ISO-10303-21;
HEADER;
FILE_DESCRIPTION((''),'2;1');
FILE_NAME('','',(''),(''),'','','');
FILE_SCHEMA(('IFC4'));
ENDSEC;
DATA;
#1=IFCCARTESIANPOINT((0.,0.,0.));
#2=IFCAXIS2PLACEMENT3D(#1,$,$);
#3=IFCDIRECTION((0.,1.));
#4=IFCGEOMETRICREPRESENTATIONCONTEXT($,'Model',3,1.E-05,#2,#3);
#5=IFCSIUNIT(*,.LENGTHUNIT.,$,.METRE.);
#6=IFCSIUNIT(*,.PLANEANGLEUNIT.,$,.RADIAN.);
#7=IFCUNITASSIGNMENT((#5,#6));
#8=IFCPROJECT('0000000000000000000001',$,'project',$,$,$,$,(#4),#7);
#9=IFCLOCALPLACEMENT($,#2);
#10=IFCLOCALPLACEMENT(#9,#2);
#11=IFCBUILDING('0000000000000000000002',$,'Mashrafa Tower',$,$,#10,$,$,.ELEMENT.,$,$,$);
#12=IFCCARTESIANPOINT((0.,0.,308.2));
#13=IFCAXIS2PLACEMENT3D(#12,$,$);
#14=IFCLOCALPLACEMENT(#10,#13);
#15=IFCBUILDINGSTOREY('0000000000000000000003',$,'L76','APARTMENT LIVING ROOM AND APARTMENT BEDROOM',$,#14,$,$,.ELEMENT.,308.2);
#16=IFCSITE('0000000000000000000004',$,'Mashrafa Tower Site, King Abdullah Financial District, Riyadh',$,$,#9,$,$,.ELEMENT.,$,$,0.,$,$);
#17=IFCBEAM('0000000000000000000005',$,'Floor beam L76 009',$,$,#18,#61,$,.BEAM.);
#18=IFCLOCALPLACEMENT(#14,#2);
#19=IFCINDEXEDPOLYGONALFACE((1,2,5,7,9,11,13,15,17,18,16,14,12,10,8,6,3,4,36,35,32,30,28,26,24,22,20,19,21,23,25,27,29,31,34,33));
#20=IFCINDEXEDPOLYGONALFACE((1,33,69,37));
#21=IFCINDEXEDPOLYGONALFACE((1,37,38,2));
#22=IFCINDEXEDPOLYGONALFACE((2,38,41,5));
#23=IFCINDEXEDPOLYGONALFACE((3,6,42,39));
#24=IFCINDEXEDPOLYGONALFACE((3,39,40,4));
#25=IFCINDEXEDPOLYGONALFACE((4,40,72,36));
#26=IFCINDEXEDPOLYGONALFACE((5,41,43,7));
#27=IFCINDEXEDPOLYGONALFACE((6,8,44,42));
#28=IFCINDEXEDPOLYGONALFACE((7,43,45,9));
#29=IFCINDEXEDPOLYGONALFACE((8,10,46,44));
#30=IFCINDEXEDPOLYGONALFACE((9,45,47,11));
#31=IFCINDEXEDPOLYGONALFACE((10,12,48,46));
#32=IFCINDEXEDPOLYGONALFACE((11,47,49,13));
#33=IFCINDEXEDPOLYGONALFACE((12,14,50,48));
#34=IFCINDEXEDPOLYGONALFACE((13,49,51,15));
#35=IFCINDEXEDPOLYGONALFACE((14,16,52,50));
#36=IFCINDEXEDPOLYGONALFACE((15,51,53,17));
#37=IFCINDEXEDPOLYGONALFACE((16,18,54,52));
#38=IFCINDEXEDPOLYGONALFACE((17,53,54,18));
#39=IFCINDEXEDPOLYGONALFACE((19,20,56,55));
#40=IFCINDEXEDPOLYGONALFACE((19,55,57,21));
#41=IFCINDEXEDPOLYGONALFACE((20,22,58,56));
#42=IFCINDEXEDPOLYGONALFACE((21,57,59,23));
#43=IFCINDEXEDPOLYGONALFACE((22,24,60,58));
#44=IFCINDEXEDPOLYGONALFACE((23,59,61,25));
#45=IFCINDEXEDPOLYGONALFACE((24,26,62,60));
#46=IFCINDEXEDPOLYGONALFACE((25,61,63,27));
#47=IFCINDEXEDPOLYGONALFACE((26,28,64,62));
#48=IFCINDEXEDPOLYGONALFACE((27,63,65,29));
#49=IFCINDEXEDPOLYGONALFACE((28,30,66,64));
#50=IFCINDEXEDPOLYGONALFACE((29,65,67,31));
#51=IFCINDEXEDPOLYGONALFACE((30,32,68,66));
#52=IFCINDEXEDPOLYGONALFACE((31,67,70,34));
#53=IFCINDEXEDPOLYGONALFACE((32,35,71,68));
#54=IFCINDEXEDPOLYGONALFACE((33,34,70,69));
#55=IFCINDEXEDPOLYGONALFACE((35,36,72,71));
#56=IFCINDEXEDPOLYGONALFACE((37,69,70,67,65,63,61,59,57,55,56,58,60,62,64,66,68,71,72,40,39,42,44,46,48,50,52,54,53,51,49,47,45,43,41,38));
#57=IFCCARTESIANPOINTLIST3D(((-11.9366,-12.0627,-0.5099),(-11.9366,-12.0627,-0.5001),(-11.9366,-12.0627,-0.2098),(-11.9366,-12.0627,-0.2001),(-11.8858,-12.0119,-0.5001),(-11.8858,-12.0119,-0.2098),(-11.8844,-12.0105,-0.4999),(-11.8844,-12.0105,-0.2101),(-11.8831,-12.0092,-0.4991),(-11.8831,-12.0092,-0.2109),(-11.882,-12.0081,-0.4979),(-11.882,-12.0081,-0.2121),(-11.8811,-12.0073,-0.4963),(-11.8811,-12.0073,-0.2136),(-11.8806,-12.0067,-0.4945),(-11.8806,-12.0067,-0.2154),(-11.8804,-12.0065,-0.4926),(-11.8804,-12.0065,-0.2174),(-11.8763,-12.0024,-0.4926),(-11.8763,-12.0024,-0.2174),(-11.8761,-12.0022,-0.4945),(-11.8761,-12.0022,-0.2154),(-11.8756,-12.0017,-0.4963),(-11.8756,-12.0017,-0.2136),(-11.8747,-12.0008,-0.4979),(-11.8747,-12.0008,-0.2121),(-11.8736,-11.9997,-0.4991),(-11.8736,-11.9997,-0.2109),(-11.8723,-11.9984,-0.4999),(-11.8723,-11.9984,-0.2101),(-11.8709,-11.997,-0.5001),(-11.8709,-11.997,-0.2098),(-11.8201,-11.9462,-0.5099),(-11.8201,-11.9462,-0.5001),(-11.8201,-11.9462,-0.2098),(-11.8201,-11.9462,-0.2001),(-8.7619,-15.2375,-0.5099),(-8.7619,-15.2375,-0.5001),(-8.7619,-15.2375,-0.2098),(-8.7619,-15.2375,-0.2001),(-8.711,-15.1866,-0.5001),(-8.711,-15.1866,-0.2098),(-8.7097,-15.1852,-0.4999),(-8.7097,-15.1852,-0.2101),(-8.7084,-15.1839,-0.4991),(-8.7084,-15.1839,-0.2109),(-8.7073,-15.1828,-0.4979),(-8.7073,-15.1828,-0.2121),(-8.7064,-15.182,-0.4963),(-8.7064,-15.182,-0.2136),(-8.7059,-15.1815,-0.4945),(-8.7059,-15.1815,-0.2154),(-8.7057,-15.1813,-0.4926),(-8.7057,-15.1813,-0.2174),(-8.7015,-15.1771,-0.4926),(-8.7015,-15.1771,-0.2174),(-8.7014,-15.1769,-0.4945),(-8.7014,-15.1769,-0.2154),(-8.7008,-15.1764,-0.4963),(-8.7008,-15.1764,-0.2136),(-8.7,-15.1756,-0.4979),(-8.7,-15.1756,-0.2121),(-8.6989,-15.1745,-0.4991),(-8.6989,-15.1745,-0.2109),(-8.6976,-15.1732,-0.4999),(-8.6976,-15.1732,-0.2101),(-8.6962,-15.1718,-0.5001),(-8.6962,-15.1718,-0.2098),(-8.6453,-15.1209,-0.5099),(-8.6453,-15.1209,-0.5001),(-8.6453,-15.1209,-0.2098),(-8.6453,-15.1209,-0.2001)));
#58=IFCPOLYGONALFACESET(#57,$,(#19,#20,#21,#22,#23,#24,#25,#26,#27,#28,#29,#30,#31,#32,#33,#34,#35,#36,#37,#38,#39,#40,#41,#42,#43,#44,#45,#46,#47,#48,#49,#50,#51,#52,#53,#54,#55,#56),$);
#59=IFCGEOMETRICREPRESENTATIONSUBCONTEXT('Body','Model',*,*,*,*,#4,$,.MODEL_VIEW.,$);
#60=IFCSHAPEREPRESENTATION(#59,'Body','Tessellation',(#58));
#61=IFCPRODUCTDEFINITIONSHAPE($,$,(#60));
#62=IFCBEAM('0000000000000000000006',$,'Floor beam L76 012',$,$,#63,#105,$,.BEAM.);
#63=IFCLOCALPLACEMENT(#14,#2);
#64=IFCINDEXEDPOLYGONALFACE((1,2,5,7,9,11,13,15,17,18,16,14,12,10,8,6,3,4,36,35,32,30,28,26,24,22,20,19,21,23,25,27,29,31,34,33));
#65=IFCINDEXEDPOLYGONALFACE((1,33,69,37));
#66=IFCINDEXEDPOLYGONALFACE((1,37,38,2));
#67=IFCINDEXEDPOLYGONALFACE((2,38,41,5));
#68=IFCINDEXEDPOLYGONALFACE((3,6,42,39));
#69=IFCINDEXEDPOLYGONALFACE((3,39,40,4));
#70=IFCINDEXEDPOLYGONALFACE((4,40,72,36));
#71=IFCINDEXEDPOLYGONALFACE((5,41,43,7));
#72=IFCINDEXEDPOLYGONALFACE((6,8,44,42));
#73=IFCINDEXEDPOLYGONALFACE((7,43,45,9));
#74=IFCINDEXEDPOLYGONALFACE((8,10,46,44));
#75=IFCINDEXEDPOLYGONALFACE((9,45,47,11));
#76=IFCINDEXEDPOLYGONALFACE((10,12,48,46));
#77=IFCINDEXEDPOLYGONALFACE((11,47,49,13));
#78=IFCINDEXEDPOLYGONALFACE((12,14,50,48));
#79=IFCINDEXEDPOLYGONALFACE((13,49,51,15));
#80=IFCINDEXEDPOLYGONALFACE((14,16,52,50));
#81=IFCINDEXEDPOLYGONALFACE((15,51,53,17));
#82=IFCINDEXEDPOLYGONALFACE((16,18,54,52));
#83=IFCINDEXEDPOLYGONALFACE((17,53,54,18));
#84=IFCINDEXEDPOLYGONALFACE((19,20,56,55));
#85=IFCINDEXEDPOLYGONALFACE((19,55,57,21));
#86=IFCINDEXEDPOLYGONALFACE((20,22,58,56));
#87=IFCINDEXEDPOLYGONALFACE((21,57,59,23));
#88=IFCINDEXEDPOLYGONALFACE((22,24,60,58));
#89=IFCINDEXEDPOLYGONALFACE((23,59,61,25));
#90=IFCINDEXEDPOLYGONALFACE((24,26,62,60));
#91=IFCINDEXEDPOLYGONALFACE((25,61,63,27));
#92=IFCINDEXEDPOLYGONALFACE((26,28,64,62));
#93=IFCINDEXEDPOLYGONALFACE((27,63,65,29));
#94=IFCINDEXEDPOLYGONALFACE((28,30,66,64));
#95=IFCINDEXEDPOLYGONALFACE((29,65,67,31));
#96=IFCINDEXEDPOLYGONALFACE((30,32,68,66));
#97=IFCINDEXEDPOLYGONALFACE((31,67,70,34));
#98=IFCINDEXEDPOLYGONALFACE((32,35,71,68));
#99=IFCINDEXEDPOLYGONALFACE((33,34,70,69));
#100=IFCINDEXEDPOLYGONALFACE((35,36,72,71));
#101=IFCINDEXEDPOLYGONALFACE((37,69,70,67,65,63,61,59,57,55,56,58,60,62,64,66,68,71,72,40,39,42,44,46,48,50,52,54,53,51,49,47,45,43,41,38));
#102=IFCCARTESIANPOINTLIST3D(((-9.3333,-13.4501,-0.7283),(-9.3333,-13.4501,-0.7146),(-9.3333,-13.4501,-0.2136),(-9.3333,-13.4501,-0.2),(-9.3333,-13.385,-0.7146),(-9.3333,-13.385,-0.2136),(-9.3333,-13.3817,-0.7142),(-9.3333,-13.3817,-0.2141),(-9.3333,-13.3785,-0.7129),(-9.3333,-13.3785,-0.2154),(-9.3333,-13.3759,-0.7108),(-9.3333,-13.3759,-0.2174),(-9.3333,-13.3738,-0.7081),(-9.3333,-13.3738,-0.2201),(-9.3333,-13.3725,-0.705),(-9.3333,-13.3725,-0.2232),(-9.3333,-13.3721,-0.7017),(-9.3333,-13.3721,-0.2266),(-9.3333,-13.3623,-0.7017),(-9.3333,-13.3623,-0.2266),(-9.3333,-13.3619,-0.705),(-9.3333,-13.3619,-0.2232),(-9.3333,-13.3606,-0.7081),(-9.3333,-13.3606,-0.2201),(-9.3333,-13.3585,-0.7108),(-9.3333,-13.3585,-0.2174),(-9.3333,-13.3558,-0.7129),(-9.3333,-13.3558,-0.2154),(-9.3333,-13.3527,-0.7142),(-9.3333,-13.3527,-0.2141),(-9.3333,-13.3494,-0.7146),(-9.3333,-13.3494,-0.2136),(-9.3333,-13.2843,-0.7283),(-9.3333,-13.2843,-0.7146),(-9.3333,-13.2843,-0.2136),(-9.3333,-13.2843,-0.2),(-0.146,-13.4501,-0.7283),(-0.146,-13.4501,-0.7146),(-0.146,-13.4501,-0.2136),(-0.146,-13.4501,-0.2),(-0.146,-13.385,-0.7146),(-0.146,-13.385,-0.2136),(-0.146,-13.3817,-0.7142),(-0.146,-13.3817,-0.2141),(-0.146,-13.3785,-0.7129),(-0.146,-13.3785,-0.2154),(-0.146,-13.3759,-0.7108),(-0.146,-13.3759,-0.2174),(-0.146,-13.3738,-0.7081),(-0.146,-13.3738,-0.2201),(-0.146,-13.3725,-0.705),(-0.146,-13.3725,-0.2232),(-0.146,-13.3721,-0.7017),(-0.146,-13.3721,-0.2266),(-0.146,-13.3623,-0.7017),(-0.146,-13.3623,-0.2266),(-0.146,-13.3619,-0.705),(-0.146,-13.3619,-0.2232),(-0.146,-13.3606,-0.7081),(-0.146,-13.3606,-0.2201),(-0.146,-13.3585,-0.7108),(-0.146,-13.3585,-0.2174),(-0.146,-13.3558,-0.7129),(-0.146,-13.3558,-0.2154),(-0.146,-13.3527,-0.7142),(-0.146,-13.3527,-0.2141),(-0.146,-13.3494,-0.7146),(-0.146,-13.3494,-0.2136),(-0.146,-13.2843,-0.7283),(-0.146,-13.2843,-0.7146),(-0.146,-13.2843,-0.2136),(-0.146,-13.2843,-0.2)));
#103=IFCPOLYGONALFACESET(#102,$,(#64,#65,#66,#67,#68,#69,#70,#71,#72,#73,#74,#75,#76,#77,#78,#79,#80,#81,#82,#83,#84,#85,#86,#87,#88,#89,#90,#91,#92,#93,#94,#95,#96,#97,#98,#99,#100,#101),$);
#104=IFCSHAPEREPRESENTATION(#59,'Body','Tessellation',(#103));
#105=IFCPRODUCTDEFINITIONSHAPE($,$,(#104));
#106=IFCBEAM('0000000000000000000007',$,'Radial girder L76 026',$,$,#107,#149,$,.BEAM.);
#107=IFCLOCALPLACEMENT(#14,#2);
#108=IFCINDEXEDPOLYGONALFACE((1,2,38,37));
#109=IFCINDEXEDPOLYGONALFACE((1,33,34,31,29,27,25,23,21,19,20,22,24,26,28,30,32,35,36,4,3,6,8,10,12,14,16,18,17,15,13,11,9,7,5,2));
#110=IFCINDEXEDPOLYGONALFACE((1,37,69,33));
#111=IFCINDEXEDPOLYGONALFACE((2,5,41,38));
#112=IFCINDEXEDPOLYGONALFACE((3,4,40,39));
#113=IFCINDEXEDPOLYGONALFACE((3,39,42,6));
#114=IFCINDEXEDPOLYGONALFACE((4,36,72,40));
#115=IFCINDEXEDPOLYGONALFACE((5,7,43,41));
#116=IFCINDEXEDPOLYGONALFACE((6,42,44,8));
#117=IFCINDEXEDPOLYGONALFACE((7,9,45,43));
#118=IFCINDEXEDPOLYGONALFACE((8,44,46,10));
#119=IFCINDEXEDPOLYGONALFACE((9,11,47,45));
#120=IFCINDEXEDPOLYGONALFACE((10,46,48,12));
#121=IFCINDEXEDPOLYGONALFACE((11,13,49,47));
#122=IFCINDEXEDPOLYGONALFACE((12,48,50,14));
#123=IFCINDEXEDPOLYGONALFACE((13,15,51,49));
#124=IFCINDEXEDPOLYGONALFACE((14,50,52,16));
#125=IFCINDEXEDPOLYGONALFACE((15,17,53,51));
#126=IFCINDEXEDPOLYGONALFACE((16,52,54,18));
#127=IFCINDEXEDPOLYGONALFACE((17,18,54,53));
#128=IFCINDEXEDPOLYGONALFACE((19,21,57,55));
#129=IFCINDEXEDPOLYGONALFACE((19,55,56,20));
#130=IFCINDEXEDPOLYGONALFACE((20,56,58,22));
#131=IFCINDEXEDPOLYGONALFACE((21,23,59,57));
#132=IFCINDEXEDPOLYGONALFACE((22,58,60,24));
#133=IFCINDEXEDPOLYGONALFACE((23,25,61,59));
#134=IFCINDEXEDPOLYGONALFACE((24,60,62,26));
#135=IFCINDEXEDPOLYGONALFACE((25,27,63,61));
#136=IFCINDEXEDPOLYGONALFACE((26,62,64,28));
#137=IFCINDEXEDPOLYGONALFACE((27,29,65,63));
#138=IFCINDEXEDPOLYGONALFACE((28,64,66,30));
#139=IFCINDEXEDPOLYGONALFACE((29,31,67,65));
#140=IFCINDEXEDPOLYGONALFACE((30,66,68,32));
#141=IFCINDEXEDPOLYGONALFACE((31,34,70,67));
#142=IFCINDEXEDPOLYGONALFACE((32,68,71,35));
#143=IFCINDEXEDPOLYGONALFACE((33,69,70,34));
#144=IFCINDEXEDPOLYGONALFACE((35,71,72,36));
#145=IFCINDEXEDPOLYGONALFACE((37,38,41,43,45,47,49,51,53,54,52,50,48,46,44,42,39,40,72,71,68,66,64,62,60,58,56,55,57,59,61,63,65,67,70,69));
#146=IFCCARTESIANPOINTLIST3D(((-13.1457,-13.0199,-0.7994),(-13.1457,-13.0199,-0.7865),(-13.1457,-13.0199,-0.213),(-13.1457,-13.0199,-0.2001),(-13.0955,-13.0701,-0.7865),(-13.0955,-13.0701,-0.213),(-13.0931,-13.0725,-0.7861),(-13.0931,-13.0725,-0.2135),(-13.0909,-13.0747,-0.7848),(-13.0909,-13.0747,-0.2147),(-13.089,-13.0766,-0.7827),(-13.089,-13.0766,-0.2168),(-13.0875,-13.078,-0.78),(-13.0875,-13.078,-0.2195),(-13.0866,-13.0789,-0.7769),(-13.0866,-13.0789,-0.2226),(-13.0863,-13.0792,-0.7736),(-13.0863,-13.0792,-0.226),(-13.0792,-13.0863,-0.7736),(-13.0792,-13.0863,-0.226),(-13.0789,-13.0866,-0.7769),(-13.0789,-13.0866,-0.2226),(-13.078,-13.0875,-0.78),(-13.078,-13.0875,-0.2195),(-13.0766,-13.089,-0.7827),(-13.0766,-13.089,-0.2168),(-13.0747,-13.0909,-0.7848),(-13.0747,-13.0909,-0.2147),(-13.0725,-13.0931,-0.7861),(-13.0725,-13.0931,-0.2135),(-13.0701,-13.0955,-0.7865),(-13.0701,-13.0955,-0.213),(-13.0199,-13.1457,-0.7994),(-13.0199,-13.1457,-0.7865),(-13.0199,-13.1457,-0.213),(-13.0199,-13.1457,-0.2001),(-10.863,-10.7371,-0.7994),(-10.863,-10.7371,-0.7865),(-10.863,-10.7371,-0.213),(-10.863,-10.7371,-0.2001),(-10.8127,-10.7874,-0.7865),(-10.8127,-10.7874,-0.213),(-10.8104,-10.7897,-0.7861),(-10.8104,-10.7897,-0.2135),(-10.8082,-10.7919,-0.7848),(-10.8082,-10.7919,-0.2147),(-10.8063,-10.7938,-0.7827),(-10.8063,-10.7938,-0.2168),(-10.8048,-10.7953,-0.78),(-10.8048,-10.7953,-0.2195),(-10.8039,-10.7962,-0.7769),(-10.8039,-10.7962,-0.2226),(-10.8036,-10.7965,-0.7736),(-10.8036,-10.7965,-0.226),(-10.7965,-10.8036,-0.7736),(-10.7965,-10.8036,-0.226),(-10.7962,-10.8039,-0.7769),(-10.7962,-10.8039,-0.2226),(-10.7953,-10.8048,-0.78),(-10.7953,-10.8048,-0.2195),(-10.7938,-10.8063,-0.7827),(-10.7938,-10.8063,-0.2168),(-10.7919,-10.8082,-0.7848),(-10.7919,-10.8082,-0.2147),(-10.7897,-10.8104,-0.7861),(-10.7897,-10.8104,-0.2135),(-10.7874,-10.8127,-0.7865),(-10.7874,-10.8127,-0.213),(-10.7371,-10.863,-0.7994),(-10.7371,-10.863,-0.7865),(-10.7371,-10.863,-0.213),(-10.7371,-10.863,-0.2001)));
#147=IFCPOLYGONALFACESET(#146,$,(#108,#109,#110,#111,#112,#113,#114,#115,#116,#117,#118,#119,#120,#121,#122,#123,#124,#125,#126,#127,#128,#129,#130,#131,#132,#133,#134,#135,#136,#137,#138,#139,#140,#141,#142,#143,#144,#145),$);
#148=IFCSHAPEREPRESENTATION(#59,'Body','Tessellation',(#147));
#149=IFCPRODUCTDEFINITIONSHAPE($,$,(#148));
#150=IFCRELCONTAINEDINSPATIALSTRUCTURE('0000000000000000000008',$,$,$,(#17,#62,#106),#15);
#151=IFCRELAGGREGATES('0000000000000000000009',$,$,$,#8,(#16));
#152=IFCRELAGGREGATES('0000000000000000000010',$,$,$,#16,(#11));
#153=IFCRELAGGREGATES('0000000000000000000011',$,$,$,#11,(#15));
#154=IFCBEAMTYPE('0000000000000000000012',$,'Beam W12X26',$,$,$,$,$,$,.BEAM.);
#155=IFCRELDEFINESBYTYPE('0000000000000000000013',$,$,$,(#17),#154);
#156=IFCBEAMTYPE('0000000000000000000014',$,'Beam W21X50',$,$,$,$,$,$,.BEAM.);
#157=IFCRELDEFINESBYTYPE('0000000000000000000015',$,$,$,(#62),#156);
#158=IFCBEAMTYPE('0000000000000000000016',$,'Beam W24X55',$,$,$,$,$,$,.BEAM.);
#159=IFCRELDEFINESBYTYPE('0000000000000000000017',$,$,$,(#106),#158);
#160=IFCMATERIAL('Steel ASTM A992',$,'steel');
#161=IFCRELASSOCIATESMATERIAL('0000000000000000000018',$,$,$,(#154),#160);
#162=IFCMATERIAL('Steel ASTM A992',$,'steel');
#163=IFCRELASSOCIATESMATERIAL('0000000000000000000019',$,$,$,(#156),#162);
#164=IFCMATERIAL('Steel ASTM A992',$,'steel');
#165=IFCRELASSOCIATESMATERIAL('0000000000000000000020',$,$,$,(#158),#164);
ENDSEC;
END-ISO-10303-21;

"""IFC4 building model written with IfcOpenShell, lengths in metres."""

from ifc_helpers import new_model, si_unit, direction, frame, origin, origin_2d, place, context, subcontext, project, spatial, i_section, extrude, material, material_profile, profile_set, type_object, element, save


model = new_model("IFC4")

# Units and contexts
model_context = context("Model", 3, precision=1e-05, world=origin(), true_north=direction((0.0, 1.0)))
body_context = subcontext(model_context, "Body", "Model", "MODEL_VIEW")
ifc_project = project(units=[si_unit("LENGTHUNIT", "METRE"), si_unit("PLANEANGLEUNIT", "RADIAN")], contexts=[model_context])

# Site, building, storey
site_placement = place(None, origin())
site = spatial("IfcSite", under=ifc_project, at=site_placement, Name="Mashrafa Tower Site, King Abdullah Financial District, Riyadh", CompositionType="ELEMENT", RefElevation=0.0)
building_placement = place(site_placement, origin())
building = spatial("IfcBuilding", under=site, at=building_placement, Name="Mashrafa Tower", CompositionType="ELEMENT")
storey_placement = place(building_placement, frame((0.0, 0.0, 308.2)))
storey = spatial("IfcBuildingStorey", under=building, at=storey_placement, Name="L76", Description="APARTMENT LIVING ROOM AND APARTMENT BEDROOM", CompositionType="ELEMENT", Elevation=308.2)

# Beams
ifc_material_1 = material(Name="Steel ASTM A992", Category="steel")
ifc_material_profile_1 = material_profile(ifc_material_1, i_section(OverallWidth=0.1648, OverallDepth=0.3098, WebThickness=0.0059, FlangeThickness=0.0098, FilletRadius=0.0076, at=origin_2d()), Name="W12X26")
ifc_profile_set_1 = profile_set([ifc_material_profile_1], Name="Steel ASTM A992")
beam_type_1 = type_object("IfcBeamType", Name="Beam W12X26", PredefinedType="BEAM", material=ifc_profile_set_1)
beam_1_placement = place(storey_placement, frame((-8.7036, -15.1792, -0.355), z_axis=(-0.707107, 0.707107, 0.0), x_axis=(-0.707107, -0.707107, 0.0)))
element("IfcBeam", 1, at=beam_1_placement, inside=storey, type_object=beam_type_1, Name="Floor beam L76 009", PredefinedType="BEAM", context=body_context, shape_type="SweptSolid", body=[
    extrude(i_section(OverallWidth=0.1648, OverallDepth=0.3098, WebThickness=0.0059, FlangeThickness=0.0098, FilletRadius=0.0076, at=origin_2d()), origin(), (0.0, 0.0, 1.0), 4.4897),
])
ifc_material_2 = material(Name="Steel ASTM A992", Category="steel")
ifc_material_profile_2 = material_profile(ifc_material_2, i_section(OverallWidth=0.1658, OverallDepth=0.5283, WebThickness=0.0098, FlangeThickness=0.0137, FilletRadius=0.0129, at=origin_2d()), Name="W21X50")
ifc_profile_set_2 = profile_set([ifc_material_profile_2], Name="Steel ASTM A992")
beam_type_2 = type_object("IfcBeamType", Name="Beam W21X50", PredefinedType="BEAM", material=ifc_profile_set_2)
beam_2_placement = place(storey_placement, frame((-0.146, -13.3672, -0.4641), z_axis=(-1.0, 0.0, 0.0), x_axis=(0.0, -1.0, 0.0)))
element("IfcBeam", 2, at=beam_2_placement, inside=storey, type_object=beam_type_2, Name="Floor beam L76 012", PredefinedType="BEAM", context=body_context, shape_type="SweptSolid", body=[
    extrude(i_section(OverallWidth=0.1658, OverallDepth=0.5283, WebThickness=0.0098, FlangeThickness=0.0137, FilletRadius=0.0129, at=origin_2d()), origin(), (0.0, 0.0, 1.0), 9.1873),
])
ifc_material_3 = material(Name="Steel ASTM A992", Category="steel")
ifc_material_profile_3 = material_profile(ifc_material_3, i_section(OverallWidth=0.178, OverallDepth=0.5994, WebThickness=0.01, FlangeThickness=0.0129, FilletRadius=0.0129, at=origin_2d()), Name="W24X55")
ifc_profile_set_3 = profile_set([ifc_material_profile_3], Name="Steel ASTM A992")
beam_type_3 = type_object("IfcBeamType", Name="Beam W24X55", PredefinedType="BEAM", material=ifc_profile_set_3)
beam_3_placement = place(storey_placement, frame((-10.8, -10.8, -0.4998), z_axis=(-0.707107, -0.707107, 0.0), x_axis=(0.707107, -0.707107, 0.0)))
element("IfcBeam", 3, at=beam_3_placement, inside=storey, type_object=beam_type_3, Name="Radial girder L76 026", PredefinedType="BEAM", context=body_context, shape_type="SweptSolid", body=[
    extrude(i_section(OverallWidth=0.178, OverallDepth=0.5994, WebThickness=0.01, FlangeThickness=0.0129, FilletRadius=0.0129, at=origin_2d()), origin(), (0.0, 0.0, 1.0), 3.2283),
])

save(model, "model.ifc")
